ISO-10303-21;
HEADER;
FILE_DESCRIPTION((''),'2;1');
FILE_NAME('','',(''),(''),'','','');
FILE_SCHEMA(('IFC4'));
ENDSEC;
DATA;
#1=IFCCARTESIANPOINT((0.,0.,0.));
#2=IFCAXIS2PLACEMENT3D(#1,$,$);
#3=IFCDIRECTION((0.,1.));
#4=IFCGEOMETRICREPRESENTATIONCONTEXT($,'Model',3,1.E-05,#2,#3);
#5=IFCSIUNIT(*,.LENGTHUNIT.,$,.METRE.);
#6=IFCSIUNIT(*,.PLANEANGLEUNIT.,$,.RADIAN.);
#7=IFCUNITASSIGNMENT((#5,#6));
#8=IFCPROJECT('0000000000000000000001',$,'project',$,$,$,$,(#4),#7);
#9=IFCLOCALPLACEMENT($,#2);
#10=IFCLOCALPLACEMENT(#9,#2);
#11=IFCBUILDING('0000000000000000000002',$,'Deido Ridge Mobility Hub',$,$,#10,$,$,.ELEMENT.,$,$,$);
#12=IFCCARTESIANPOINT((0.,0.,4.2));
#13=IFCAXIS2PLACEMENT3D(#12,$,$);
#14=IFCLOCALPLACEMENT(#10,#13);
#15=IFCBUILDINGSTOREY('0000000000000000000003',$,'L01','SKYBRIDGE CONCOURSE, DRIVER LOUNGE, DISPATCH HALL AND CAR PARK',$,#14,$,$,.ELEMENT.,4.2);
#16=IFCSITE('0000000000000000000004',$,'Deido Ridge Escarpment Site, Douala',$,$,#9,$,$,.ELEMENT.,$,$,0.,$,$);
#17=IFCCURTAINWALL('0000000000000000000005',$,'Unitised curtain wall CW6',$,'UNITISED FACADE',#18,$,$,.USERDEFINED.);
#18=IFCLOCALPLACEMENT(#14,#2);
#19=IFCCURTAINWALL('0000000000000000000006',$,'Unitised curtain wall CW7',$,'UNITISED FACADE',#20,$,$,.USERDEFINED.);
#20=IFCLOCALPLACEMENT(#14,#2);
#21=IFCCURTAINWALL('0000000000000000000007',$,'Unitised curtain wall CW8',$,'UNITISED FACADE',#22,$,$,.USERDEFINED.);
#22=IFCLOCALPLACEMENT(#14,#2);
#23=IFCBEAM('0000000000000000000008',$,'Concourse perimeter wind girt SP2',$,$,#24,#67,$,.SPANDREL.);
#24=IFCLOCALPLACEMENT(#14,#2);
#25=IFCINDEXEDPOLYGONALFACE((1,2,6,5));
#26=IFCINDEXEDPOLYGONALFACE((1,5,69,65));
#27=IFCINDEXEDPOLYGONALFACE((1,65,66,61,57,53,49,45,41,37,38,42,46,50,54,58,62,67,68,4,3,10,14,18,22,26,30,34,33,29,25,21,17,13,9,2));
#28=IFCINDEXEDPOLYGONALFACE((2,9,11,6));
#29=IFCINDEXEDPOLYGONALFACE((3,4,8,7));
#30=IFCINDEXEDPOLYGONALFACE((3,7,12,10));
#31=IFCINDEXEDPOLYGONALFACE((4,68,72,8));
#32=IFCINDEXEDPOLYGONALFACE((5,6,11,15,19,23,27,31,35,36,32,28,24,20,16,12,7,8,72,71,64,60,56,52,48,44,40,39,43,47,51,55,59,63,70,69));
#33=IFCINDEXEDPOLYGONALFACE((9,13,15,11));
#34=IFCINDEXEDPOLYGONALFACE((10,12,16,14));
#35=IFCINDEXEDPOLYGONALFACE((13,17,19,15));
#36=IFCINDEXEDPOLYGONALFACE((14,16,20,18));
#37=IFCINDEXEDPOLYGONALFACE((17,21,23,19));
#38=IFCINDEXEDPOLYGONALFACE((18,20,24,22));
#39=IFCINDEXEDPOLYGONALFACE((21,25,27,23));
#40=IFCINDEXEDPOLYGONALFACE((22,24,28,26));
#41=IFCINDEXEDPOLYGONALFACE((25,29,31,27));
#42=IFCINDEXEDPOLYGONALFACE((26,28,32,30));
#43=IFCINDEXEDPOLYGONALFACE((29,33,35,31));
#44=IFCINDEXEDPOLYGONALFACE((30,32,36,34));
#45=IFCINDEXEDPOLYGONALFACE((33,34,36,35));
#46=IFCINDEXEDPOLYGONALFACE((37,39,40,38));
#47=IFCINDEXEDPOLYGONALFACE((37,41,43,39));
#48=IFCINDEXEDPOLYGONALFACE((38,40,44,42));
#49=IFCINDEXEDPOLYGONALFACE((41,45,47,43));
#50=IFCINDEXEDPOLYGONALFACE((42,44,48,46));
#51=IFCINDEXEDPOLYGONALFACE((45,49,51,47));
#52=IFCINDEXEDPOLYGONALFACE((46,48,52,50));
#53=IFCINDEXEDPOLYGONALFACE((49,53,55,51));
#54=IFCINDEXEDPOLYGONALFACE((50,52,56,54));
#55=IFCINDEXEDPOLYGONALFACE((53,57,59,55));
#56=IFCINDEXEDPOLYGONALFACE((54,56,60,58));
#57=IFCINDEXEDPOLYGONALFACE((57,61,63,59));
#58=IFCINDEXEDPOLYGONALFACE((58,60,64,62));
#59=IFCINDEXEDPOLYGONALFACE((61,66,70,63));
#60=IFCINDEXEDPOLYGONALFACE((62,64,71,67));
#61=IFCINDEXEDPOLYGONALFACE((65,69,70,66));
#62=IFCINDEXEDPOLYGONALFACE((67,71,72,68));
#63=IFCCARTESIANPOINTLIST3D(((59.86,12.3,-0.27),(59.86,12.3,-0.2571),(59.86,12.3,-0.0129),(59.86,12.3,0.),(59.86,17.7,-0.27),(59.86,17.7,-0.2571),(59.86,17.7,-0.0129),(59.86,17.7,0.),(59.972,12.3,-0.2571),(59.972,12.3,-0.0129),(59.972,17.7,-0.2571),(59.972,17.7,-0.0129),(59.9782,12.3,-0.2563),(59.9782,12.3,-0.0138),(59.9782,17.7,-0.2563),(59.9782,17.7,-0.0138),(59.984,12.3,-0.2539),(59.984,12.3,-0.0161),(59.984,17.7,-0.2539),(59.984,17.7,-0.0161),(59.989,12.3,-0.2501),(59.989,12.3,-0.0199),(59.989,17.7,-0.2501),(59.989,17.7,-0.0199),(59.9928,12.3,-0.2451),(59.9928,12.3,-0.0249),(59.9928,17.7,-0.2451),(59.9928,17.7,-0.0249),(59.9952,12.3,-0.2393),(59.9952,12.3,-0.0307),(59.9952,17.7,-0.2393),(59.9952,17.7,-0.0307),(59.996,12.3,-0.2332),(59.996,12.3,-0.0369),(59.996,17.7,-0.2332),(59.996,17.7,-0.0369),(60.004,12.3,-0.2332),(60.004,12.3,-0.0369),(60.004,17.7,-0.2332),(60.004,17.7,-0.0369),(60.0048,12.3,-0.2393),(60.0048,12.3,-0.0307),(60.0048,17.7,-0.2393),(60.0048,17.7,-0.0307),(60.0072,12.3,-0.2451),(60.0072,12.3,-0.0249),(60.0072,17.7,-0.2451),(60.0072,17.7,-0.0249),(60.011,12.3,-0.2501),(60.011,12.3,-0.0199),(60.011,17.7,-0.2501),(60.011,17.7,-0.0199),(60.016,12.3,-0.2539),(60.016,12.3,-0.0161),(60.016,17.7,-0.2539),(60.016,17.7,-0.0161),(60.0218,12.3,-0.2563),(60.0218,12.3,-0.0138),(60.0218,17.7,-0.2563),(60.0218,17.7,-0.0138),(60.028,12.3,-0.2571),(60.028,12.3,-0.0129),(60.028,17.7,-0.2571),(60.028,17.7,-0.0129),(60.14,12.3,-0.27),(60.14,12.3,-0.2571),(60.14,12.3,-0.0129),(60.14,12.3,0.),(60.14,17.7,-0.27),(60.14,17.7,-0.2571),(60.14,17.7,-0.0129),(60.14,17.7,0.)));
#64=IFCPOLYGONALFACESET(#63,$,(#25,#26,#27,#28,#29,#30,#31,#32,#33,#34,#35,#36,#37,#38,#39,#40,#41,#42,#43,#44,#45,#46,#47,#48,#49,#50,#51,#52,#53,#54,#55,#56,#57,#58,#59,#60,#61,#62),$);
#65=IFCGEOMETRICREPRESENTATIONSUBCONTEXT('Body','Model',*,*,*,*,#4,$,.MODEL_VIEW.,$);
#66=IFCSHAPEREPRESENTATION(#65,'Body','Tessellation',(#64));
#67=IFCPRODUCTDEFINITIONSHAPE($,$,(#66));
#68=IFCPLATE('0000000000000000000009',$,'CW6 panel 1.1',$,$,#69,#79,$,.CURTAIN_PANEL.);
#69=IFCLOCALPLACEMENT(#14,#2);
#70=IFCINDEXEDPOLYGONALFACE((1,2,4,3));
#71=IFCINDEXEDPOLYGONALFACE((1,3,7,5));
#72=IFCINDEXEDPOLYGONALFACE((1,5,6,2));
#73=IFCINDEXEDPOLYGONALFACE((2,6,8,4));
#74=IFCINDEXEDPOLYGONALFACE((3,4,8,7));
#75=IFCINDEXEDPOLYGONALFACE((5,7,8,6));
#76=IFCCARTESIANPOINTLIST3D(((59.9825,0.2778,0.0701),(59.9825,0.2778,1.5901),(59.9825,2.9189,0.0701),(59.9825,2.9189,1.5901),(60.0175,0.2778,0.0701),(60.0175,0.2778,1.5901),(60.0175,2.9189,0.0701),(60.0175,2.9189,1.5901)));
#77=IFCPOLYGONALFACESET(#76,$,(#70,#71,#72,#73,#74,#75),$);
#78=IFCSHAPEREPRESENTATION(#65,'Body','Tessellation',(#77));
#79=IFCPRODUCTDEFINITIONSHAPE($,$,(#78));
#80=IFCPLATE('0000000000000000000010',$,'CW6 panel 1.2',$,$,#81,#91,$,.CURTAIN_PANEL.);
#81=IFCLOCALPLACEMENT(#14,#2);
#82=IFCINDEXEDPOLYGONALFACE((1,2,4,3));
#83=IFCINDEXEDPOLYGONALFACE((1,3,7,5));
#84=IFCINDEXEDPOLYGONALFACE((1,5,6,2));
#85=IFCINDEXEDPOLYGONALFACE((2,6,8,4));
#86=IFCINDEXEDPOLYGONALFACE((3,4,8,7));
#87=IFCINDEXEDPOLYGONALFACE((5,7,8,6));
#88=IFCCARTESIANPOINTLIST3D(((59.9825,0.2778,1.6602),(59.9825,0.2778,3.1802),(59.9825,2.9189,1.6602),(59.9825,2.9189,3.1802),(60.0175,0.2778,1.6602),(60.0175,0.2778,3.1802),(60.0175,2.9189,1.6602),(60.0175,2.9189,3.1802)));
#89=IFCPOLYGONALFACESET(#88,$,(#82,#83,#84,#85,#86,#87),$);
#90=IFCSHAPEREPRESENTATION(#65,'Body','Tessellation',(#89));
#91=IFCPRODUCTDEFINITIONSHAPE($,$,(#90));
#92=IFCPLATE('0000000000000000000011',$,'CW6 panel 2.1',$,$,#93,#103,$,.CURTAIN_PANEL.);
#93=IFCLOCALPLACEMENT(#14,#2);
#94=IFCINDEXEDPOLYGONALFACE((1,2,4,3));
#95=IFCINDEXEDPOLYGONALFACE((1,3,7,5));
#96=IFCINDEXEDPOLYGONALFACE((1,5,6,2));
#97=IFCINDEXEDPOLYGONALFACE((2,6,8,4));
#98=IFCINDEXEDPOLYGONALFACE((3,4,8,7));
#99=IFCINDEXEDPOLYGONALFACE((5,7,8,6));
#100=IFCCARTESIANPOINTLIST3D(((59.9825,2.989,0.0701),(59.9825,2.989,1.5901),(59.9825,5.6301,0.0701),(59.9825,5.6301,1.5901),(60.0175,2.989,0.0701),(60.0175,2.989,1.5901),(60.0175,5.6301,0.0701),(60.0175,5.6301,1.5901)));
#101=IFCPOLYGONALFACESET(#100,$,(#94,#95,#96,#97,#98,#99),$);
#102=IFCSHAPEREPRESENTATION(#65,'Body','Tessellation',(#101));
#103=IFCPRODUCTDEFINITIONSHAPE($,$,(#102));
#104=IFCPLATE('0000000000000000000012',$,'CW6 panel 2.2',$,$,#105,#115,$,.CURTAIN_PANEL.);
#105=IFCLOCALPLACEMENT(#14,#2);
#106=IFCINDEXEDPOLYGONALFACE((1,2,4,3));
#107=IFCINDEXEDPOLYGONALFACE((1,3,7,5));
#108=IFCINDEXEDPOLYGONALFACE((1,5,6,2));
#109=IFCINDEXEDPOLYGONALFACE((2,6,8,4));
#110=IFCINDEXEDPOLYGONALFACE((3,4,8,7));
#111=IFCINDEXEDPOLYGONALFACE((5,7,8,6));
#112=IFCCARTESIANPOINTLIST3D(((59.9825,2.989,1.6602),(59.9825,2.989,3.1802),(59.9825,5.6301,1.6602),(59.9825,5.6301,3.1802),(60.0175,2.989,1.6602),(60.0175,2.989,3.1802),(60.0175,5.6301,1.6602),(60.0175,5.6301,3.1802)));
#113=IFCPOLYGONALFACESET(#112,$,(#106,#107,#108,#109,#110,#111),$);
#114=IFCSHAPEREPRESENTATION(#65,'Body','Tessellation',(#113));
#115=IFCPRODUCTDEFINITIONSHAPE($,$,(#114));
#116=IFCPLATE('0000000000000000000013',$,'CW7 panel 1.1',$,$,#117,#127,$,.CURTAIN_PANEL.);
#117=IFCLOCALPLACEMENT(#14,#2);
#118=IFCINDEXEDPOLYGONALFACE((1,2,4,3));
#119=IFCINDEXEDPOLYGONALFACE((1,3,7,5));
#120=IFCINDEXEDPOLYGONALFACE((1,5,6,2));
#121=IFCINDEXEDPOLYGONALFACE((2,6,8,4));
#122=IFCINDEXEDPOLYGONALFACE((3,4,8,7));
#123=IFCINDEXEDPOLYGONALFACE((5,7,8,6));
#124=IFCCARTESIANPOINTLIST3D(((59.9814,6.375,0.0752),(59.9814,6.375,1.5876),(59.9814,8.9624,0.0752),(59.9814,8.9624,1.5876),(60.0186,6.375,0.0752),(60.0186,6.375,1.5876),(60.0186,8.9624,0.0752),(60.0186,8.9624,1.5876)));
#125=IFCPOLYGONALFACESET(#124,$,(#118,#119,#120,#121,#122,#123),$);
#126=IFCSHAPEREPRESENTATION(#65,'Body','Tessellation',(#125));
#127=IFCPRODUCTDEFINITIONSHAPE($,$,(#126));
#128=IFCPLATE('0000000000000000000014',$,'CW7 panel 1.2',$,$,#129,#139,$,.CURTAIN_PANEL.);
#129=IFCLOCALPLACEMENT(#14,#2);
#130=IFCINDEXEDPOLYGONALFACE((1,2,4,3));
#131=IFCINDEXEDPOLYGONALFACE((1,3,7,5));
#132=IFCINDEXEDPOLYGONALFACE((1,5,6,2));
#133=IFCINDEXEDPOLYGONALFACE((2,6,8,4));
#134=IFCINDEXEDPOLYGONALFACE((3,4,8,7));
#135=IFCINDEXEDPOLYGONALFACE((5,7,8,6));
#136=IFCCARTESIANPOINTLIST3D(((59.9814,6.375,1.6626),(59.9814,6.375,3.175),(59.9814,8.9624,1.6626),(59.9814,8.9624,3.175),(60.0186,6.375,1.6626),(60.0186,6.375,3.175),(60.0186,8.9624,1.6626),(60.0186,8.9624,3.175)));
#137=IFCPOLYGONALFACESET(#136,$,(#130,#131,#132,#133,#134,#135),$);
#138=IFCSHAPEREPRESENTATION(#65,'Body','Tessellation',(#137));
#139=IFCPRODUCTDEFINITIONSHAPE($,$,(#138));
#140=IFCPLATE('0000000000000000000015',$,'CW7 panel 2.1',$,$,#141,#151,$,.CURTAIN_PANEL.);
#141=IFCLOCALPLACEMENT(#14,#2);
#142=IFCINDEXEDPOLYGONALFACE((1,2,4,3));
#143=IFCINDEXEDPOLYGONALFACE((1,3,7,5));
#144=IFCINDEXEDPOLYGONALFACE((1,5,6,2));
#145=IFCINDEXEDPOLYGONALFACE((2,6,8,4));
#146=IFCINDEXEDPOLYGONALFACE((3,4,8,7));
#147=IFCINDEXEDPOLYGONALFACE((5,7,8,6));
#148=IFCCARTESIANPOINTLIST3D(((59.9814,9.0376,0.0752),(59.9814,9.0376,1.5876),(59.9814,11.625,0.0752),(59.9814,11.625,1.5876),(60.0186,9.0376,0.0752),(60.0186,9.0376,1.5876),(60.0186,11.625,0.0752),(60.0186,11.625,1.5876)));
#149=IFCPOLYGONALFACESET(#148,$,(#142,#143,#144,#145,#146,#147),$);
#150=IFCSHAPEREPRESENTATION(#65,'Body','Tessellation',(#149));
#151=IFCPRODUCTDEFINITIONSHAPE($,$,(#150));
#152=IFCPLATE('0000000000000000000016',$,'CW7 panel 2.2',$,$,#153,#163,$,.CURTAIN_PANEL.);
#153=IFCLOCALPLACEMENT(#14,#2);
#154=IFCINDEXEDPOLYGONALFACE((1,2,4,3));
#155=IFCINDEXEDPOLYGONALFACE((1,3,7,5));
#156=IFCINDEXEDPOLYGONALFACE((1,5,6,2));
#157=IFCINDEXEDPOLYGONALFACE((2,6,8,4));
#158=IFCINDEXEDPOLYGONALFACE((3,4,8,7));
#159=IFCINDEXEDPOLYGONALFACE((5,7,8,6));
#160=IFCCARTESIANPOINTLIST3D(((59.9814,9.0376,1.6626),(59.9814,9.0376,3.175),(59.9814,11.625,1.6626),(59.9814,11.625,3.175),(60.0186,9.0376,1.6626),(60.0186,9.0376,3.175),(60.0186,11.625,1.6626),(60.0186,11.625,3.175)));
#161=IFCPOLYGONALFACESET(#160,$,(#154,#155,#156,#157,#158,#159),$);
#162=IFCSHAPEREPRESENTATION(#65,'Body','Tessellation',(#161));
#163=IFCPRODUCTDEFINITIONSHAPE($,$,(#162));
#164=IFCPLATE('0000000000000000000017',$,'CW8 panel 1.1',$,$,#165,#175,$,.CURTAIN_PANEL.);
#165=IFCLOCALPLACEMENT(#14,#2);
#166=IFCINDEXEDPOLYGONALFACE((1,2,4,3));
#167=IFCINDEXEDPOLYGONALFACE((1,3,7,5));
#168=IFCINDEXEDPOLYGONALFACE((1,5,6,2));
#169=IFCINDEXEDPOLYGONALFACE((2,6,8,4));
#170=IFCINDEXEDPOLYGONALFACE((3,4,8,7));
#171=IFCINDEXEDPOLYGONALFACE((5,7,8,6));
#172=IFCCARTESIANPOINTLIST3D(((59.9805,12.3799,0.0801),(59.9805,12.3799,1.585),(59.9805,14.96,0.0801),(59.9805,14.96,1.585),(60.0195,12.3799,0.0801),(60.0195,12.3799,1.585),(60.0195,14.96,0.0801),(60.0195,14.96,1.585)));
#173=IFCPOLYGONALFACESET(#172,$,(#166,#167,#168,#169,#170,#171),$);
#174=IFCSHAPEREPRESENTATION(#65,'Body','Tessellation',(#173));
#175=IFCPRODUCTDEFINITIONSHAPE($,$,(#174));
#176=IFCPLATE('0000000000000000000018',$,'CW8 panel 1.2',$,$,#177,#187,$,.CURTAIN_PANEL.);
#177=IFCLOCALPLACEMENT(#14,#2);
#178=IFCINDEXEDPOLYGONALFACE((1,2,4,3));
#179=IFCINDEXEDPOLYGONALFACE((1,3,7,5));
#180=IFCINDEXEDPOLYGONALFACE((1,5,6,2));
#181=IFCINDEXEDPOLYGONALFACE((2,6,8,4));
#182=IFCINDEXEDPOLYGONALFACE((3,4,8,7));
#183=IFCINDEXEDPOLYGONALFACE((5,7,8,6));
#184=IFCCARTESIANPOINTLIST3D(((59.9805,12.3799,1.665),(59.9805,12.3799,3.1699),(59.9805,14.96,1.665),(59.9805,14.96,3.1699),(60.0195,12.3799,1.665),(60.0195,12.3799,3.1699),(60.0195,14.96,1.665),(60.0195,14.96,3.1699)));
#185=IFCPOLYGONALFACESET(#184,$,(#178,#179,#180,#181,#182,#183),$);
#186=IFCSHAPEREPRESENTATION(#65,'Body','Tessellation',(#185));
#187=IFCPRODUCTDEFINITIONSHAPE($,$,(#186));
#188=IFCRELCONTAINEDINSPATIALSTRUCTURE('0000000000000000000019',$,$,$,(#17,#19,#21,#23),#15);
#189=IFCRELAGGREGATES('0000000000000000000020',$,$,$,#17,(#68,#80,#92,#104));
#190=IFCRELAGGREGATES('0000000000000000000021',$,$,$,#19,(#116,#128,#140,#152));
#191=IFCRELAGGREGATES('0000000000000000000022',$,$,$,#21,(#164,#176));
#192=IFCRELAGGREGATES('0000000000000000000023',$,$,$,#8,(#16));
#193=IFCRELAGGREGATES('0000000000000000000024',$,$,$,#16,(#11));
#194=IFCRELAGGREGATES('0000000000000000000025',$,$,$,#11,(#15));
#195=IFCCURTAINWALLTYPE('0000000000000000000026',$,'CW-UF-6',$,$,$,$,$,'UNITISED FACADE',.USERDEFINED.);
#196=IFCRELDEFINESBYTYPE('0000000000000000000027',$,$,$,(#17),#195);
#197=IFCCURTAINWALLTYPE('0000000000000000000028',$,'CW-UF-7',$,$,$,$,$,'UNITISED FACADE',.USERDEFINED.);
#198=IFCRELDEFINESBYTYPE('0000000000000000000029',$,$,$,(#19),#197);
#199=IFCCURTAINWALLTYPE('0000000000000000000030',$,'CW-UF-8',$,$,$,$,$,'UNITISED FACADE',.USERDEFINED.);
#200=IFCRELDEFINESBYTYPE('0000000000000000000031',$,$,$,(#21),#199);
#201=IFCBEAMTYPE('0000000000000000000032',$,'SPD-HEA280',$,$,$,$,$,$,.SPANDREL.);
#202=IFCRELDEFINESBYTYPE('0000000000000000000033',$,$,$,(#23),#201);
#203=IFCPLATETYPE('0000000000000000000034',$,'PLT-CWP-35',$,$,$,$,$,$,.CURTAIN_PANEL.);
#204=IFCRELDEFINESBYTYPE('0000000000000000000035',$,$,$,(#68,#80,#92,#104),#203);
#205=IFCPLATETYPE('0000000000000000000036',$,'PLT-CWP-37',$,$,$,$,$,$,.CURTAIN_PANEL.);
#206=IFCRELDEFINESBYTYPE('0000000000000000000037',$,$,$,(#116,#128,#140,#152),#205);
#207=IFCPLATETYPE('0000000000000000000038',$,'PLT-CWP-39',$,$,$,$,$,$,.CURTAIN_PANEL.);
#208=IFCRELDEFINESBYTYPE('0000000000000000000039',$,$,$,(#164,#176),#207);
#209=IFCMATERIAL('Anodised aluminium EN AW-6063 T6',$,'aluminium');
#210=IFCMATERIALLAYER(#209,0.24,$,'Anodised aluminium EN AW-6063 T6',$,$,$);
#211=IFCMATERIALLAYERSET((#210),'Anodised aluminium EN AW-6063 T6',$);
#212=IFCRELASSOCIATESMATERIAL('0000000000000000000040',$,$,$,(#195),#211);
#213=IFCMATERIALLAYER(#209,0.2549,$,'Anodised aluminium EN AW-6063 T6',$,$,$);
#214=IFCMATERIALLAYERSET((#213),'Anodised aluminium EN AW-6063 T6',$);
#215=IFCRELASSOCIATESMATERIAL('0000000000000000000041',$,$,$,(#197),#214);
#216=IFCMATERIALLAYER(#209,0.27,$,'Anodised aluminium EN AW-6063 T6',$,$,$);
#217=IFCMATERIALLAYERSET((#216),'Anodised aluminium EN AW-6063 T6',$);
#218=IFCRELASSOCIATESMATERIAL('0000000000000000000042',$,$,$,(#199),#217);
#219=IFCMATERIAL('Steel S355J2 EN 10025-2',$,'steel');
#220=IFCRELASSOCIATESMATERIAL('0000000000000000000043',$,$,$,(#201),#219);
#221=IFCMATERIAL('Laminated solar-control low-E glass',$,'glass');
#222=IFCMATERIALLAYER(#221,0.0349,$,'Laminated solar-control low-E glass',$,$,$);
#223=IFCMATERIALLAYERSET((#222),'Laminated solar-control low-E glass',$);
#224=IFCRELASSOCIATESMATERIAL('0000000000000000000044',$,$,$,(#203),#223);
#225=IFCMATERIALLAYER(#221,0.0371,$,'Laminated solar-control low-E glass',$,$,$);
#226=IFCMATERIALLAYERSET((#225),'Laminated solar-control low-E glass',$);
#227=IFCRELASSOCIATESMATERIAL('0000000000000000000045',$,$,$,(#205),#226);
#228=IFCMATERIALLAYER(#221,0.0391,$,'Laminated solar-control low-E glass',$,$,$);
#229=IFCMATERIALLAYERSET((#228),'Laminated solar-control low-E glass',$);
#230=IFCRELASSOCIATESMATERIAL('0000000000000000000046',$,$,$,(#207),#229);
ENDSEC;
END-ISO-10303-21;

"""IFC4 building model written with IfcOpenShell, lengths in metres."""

from ifc_helpers import new_model, si_unit, direction, frame, origin, origin_2d, place, context, subcontext, project, spatial, rectangle, i_section, extrude, material, layer, layer_set, material_profile, profile_set, type_object, element, aggregate, save


model = new_model("IFC4")

# Units and contexts
model_context = context("Model", 3, precision=1e-05, world=origin(), true_north=direction((0.0, 1.0)))
body_context = subcontext(model_context, "Body", "Model", "MODEL_VIEW")
ifc_project = project(units=[si_unit("LENGTHUNIT", "METRE"), si_unit("PLANEANGLEUNIT", "RADIAN")], contexts=[model_context])

# Site, building, storey
site_placement = place(None, origin())
site = spatial("IfcSite", under=ifc_project, at=site_placement, Name="Deido Ridge Escarpment Site, Douala", CompositionType="ELEMENT", RefElevation=0.0)
building_placement = place(site_placement, origin())
building = spatial("IfcBuilding", under=site, at=building_placement, Name="Deido Ridge Mobility Hub", CompositionType="ELEMENT")
storey_placement = place(building_placement, frame((0.0, 0.0, 4.2)))
storey = spatial("IfcBuildingStorey", under=building, at=storey_placement, Name="L01", Description="SKYBRIDGE CONCOURSE, DRIVER LOUNGE, DISPATCH HALL AND CAR PARK", CompositionType="ELEMENT", Elevation=4.2)

# Shared definitions
ifc_material_1 = material(Name="Steel S355J2 EN 10025-2", Category="steel")

# Curtain walls
ifc_material_2 = material(Name="Anodised aluminium EN AW-6063 T6", Category="aluminium")
ifc_layer_1 = layer(ifc_material_2, 0.24, Name="Anodised aluminium EN AW-6063 T6")
ifc_layer_set_1 = layer_set([ifc_layer_1], Name="Anodised aluminium EN AW-6063 T6")
curtain_wall_type_1 = type_object("IfcCurtainWallType", Name="CW-UF-6", ElementType="UNITISED FACADE", PredefinedType="USERDEFINED", material=ifc_layer_set_1)
curtain_wall_1_placement = place(storey_placement, origin())
curtain_wall_1 = element("IfcCurtainWall", 1, at=curtain_wall_1_placement, inside=storey, type_object=curtain_wall_type_1, Name="Unitised curtain wall CW6", ObjectType="UNITISED FACADE", PredefinedType="USERDEFINED")
ifc_layer_2 = layer(ifc_material_2, 0.2549, Name="Anodised aluminium EN AW-6063 T6")
ifc_layer_set_2 = layer_set([ifc_layer_2], Name="Anodised aluminium EN AW-6063 T6")
curtain_wall_type_2 = type_object("IfcCurtainWallType", Name="CW-UF-7", ElementType="UNITISED FACADE", PredefinedType="USERDEFINED", material=ifc_layer_set_2)
curtain_wall_2_placement = place(storey_placement, origin())
curtain_wall_2 = element("IfcCurtainWall", 2, at=curtain_wall_2_placement, inside=storey, type_object=curtain_wall_type_2, Name="Unitised curtain wall CW7", ObjectType="UNITISED FACADE", PredefinedType="USERDEFINED")
ifc_layer_3 = layer(ifc_material_2, 0.27, Name="Anodised aluminium EN AW-6063 T6")
ifc_layer_set_3 = layer_set([ifc_layer_3], Name="Anodised aluminium EN AW-6063 T6")
curtain_wall_type_3 = type_object("IfcCurtainWallType", Name="CW-UF-8", ElementType="UNITISED FACADE", PredefinedType="USERDEFINED", material=ifc_layer_set_3)
curtain_wall_3_placement = place(storey_placement, origin())
curtain_wall_3 = element("IfcCurtainWall", 3, at=curtain_wall_3_placement, inside=storey, type_object=curtain_wall_type_3, Name="Unitised curtain wall CW8", ObjectType="UNITISED FACADE", PredefinedType="USERDEFINED")

# Beam
ifc_material_profile_1 = material_profile(ifc_material_1, i_section(OverallWidth=0.28, OverallDepth=0.27, WebThickness=0.0081, FlangeThickness=0.0129, FilletRadius=0.0239, at=origin_2d()), Name="HEA 280")
ifc_profile_set_1 = profile_set([ifc_material_profile_1], Name="Steel S355J2 EN 10025-2")
beam_type = type_object("IfcBeamType", Name="SPD-HEA280", PredefinedType="SPANDREL", material=ifc_profile_set_1)
for number, where, z_axis, x_axis, name in (
    (4, (60.0, 12.3, -0.135), (0.0, 1.0, 0.0), (-1.0, 0.0, 0.0), "Concourse perimeter wind girt SP2"),
):
    element("IfcBeam", number, at=place(storey_placement, frame(where, z_axis=z_axis, x_axis=x_axis)), inside=storey, type_object=beam_type, Name=name, PredefinedType="SPANDREL", context=body_context, shape_type="SweptSolid", body=[
        extrude(i_section(OverallWidth=0.28, OverallDepth=0.27, WebThickness=0.0081, FlangeThickness=0.0129, FilletRadius=0.0239, at=origin_2d()), origin(), (0.0, 0.0, 1.0), 5.3999),
    ])

# Plates
ifc_material_3 = material(Name="Laminated solar-control low-E glass", Category="glass")
ifc_layer_4 = layer(ifc_material_3, 0.0349, Name="Laminated solar-control low-E glass")
ifc_layer_set_4 = layer_set([ifc_layer_4], Name="Laminated solar-control low-E glass")
plate_type_1 = type_object("IfcPlateType", Name="PLT-CWP-35", PredefinedType="CURTAIN_PANEL", material=ifc_layer_set_4)
plate_1_placement = place(storey_placement, frame((60.0, 1.5984, 0.0701), z_axis=(0.0, 0.0, 1.0), x_axis=(0.0, 1.0, 0.0)))
plate_1 = element("IfcPlate", 5, at=plate_1_placement, type_object=plate_type_1, Name="CW6 panel 1.1", PredefinedType="CURTAIN_PANEL", context=body_context, shape_type="SweptSolid", body=[
    extrude(rectangle(XDim=2.6411, YDim=0.0349, at=origin_2d()), origin(), (0.0, 0.0, 1.0), 1.52),
])
plate_2_placement = place(storey_placement, frame((60.0, 1.5984, 1.6602), z_axis=(0.0, 0.0, 1.0), x_axis=(0.0, 1.0, 0.0)))
plate_2 = element("IfcPlate", 6, at=plate_2_placement, type_object=plate_type_1, Name="CW6 panel 1.2", PredefinedType="CURTAIN_PANEL", context=body_context, shape_type="SweptSolid", body=[
    extrude(rectangle(XDim=2.6411, YDim=0.0349, at=origin_2d()), origin(), (0.0, 0.0, 1.0), 1.52),
])
plate_3_placement = place(storey_placement, frame((60.0, 4.3096, 0.0701), z_axis=(0.0, 0.0, 1.0), x_axis=(0.0, 1.0, 0.0)))
plate_3 = element("IfcPlate", 7, at=plate_3_placement, type_object=plate_type_1, Name="CW6 panel 2.1", PredefinedType="CURTAIN_PANEL", context=body_context, shape_type="SweptSolid", body=[
    extrude(rectangle(XDim=2.6411, YDim=0.0349, at=origin_2d()), origin(), (0.0, 0.0, 1.0), 1.52),
])
plate_4_placement = place(storey_placement, frame((60.0, 4.3096, 1.6602), z_axis=(0.0, 0.0, 1.0), x_axis=(0.0, 1.0, 0.0)))
plate_4 = element("IfcPlate", 8, at=plate_4_placement, type_object=plate_type_1, Name="CW6 panel 2.2", PredefinedType="CURTAIN_PANEL", context=body_context, shape_type="SweptSolid", body=[
    extrude(rectangle(XDim=2.6411, YDim=0.0349, at=origin_2d()), origin(), (0.0, 0.0, 1.0), 1.52),
])
aggregate(curtain_wall_1, [plate_1, plate_2, plate_3, plate_4])
ifc_layer_5 = layer(ifc_material_3, 0.0371, Name="Laminated solar-control low-E glass")
ifc_layer_set_5 = layer_set([ifc_layer_5], Name="Laminated solar-control low-E glass")
plate_type_2 = type_object("IfcPlateType", Name="PLT-CWP-37", PredefinedType="CURTAIN_PANEL", material=ifc_layer_set_5)
plate_5_placement = place(storey_placement, frame((60.0, 7.6687, 0.0752), z_axis=(0.0, 0.0, 1.0), x_axis=(0.0, 1.0, 0.0)))
plate_5 = element("IfcPlate", 9, at=plate_5_placement, type_object=plate_type_2, Name="CW7 panel 1.1", PredefinedType="CURTAIN_PANEL", context=body_context, shape_type="SweptSolid", body=[
    extrude(rectangle(XDim=2.5874, YDim=0.0371, at=origin_2d()), origin(), (0.0, 0.0, 1.0), 1.5125),
])
plate_6_placement = place(storey_placement, frame((60.0, 7.6687, 1.6626), z_axis=(0.0, 0.0, 1.0), x_axis=(0.0, 1.0, 0.0)))
plate_6 = element("IfcPlate", 10, at=plate_6_placement, type_object=plate_type_2, Name="CW7 panel 1.2", PredefinedType="CURTAIN_PANEL", context=body_context, shape_type="SweptSolid", body=[
    extrude(rectangle(XDim=2.5874, YDim=0.0371, at=origin_2d()), origin(), (0.0, 0.0, 1.0), 1.5125),
])
plate_7_placement = place(storey_placement, frame((60.0, 10.3313, 0.0752), z_axis=(0.0, 0.0, 1.0), x_axis=(0.0, 1.0, 0.0)))
plate_7 = element("IfcPlate", 11, at=plate_7_placement, type_object=plate_type_2, Name="CW7 panel 2.1", PredefinedType="CURTAIN_PANEL", context=body_context, shape_type="SweptSolid", body=[
    extrude(rectangle(XDim=2.5874, YDim=0.0371, at=origin_2d()), origin(), (0.0, 0.0, 1.0), 1.5125),
])
plate_8_placement = place(storey_placement, frame((60.0, 10.3313, 1.6626), z_axis=(0.0, 0.0, 1.0), x_axis=(0.0, 1.0, 0.0)))
plate_8 = element("IfcPlate", 12, at=plate_8_placement, type_object=plate_type_2, Name="CW7 panel 2.2", PredefinedType="CURTAIN_PANEL", context=body_context, shape_type="SweptSolid", body=[
    extrude(rectangle(XDim=2.5874, YDim=0.0371, at=origin_2d()), origin(), (0.0, 0.0, 1.0), 1.5125),
])
aggregate(curtain_wall_2, [plate_5, plate_6, plate_7, plate_8])
ifc_layer_6 = layer(ifc_material_3, 0.0391, Name="Laminated solar-control low-E glass")
ifc_layer_set_6 = layer_set([ifc_layer_6], Name="Laminated solar-control low-E glass")
plate_type_3 = type_object("IfcPlateType", Name="PLT-CWP-39", PredefinedType="CURTAIN_PANEL", material=ifc_layer_set_6)
plate_9_placement = place(storey_placement, frame((60.0, 13.6699, 0.0801), z_axis=(0.0, 0.0, 1.0), x_axis=(0.0, 1.0, 0.0)))
plate_9 = element("IfcPlate", 13, at=plate_9_placement, type_object=plate_type_3, Name="CW8 panel 1.1", PredefinedType="CURTAIN_PANEL", context=body_context, shape_type="SweptSolid", body=[
    extrude(rectangle(XDim=2.5801, YDim=0.0391, at=origin_2d()), origin(), (0.0, 0.0, 1.0), 1.5049),
])
plate_10_placement = place(storey_placement, frame((60.0, 13.6699, 1.665), z_axis=(0.0, 0.0, 1.0), x_axis=(0.0, 1.0, 0.0)))
plate_10 = element("IfcPlate", 14, at=plate_10_placement, type_object=plate_type_3, Name="CW8 panel 1.2", PredefinedType="CURTAIN_PANEL", context=body_context, shape_type="SweptSolid", body=[
    extrude(rectangle(XDim=2.5801, YDim=0.0391, at=origin_2d()), origin(), (0.0, 0.0, 1.0), 1.5049),
])
aggregate(curtain_wall_3, [plate_9, plate_10])

save(model, "model.ifc")
